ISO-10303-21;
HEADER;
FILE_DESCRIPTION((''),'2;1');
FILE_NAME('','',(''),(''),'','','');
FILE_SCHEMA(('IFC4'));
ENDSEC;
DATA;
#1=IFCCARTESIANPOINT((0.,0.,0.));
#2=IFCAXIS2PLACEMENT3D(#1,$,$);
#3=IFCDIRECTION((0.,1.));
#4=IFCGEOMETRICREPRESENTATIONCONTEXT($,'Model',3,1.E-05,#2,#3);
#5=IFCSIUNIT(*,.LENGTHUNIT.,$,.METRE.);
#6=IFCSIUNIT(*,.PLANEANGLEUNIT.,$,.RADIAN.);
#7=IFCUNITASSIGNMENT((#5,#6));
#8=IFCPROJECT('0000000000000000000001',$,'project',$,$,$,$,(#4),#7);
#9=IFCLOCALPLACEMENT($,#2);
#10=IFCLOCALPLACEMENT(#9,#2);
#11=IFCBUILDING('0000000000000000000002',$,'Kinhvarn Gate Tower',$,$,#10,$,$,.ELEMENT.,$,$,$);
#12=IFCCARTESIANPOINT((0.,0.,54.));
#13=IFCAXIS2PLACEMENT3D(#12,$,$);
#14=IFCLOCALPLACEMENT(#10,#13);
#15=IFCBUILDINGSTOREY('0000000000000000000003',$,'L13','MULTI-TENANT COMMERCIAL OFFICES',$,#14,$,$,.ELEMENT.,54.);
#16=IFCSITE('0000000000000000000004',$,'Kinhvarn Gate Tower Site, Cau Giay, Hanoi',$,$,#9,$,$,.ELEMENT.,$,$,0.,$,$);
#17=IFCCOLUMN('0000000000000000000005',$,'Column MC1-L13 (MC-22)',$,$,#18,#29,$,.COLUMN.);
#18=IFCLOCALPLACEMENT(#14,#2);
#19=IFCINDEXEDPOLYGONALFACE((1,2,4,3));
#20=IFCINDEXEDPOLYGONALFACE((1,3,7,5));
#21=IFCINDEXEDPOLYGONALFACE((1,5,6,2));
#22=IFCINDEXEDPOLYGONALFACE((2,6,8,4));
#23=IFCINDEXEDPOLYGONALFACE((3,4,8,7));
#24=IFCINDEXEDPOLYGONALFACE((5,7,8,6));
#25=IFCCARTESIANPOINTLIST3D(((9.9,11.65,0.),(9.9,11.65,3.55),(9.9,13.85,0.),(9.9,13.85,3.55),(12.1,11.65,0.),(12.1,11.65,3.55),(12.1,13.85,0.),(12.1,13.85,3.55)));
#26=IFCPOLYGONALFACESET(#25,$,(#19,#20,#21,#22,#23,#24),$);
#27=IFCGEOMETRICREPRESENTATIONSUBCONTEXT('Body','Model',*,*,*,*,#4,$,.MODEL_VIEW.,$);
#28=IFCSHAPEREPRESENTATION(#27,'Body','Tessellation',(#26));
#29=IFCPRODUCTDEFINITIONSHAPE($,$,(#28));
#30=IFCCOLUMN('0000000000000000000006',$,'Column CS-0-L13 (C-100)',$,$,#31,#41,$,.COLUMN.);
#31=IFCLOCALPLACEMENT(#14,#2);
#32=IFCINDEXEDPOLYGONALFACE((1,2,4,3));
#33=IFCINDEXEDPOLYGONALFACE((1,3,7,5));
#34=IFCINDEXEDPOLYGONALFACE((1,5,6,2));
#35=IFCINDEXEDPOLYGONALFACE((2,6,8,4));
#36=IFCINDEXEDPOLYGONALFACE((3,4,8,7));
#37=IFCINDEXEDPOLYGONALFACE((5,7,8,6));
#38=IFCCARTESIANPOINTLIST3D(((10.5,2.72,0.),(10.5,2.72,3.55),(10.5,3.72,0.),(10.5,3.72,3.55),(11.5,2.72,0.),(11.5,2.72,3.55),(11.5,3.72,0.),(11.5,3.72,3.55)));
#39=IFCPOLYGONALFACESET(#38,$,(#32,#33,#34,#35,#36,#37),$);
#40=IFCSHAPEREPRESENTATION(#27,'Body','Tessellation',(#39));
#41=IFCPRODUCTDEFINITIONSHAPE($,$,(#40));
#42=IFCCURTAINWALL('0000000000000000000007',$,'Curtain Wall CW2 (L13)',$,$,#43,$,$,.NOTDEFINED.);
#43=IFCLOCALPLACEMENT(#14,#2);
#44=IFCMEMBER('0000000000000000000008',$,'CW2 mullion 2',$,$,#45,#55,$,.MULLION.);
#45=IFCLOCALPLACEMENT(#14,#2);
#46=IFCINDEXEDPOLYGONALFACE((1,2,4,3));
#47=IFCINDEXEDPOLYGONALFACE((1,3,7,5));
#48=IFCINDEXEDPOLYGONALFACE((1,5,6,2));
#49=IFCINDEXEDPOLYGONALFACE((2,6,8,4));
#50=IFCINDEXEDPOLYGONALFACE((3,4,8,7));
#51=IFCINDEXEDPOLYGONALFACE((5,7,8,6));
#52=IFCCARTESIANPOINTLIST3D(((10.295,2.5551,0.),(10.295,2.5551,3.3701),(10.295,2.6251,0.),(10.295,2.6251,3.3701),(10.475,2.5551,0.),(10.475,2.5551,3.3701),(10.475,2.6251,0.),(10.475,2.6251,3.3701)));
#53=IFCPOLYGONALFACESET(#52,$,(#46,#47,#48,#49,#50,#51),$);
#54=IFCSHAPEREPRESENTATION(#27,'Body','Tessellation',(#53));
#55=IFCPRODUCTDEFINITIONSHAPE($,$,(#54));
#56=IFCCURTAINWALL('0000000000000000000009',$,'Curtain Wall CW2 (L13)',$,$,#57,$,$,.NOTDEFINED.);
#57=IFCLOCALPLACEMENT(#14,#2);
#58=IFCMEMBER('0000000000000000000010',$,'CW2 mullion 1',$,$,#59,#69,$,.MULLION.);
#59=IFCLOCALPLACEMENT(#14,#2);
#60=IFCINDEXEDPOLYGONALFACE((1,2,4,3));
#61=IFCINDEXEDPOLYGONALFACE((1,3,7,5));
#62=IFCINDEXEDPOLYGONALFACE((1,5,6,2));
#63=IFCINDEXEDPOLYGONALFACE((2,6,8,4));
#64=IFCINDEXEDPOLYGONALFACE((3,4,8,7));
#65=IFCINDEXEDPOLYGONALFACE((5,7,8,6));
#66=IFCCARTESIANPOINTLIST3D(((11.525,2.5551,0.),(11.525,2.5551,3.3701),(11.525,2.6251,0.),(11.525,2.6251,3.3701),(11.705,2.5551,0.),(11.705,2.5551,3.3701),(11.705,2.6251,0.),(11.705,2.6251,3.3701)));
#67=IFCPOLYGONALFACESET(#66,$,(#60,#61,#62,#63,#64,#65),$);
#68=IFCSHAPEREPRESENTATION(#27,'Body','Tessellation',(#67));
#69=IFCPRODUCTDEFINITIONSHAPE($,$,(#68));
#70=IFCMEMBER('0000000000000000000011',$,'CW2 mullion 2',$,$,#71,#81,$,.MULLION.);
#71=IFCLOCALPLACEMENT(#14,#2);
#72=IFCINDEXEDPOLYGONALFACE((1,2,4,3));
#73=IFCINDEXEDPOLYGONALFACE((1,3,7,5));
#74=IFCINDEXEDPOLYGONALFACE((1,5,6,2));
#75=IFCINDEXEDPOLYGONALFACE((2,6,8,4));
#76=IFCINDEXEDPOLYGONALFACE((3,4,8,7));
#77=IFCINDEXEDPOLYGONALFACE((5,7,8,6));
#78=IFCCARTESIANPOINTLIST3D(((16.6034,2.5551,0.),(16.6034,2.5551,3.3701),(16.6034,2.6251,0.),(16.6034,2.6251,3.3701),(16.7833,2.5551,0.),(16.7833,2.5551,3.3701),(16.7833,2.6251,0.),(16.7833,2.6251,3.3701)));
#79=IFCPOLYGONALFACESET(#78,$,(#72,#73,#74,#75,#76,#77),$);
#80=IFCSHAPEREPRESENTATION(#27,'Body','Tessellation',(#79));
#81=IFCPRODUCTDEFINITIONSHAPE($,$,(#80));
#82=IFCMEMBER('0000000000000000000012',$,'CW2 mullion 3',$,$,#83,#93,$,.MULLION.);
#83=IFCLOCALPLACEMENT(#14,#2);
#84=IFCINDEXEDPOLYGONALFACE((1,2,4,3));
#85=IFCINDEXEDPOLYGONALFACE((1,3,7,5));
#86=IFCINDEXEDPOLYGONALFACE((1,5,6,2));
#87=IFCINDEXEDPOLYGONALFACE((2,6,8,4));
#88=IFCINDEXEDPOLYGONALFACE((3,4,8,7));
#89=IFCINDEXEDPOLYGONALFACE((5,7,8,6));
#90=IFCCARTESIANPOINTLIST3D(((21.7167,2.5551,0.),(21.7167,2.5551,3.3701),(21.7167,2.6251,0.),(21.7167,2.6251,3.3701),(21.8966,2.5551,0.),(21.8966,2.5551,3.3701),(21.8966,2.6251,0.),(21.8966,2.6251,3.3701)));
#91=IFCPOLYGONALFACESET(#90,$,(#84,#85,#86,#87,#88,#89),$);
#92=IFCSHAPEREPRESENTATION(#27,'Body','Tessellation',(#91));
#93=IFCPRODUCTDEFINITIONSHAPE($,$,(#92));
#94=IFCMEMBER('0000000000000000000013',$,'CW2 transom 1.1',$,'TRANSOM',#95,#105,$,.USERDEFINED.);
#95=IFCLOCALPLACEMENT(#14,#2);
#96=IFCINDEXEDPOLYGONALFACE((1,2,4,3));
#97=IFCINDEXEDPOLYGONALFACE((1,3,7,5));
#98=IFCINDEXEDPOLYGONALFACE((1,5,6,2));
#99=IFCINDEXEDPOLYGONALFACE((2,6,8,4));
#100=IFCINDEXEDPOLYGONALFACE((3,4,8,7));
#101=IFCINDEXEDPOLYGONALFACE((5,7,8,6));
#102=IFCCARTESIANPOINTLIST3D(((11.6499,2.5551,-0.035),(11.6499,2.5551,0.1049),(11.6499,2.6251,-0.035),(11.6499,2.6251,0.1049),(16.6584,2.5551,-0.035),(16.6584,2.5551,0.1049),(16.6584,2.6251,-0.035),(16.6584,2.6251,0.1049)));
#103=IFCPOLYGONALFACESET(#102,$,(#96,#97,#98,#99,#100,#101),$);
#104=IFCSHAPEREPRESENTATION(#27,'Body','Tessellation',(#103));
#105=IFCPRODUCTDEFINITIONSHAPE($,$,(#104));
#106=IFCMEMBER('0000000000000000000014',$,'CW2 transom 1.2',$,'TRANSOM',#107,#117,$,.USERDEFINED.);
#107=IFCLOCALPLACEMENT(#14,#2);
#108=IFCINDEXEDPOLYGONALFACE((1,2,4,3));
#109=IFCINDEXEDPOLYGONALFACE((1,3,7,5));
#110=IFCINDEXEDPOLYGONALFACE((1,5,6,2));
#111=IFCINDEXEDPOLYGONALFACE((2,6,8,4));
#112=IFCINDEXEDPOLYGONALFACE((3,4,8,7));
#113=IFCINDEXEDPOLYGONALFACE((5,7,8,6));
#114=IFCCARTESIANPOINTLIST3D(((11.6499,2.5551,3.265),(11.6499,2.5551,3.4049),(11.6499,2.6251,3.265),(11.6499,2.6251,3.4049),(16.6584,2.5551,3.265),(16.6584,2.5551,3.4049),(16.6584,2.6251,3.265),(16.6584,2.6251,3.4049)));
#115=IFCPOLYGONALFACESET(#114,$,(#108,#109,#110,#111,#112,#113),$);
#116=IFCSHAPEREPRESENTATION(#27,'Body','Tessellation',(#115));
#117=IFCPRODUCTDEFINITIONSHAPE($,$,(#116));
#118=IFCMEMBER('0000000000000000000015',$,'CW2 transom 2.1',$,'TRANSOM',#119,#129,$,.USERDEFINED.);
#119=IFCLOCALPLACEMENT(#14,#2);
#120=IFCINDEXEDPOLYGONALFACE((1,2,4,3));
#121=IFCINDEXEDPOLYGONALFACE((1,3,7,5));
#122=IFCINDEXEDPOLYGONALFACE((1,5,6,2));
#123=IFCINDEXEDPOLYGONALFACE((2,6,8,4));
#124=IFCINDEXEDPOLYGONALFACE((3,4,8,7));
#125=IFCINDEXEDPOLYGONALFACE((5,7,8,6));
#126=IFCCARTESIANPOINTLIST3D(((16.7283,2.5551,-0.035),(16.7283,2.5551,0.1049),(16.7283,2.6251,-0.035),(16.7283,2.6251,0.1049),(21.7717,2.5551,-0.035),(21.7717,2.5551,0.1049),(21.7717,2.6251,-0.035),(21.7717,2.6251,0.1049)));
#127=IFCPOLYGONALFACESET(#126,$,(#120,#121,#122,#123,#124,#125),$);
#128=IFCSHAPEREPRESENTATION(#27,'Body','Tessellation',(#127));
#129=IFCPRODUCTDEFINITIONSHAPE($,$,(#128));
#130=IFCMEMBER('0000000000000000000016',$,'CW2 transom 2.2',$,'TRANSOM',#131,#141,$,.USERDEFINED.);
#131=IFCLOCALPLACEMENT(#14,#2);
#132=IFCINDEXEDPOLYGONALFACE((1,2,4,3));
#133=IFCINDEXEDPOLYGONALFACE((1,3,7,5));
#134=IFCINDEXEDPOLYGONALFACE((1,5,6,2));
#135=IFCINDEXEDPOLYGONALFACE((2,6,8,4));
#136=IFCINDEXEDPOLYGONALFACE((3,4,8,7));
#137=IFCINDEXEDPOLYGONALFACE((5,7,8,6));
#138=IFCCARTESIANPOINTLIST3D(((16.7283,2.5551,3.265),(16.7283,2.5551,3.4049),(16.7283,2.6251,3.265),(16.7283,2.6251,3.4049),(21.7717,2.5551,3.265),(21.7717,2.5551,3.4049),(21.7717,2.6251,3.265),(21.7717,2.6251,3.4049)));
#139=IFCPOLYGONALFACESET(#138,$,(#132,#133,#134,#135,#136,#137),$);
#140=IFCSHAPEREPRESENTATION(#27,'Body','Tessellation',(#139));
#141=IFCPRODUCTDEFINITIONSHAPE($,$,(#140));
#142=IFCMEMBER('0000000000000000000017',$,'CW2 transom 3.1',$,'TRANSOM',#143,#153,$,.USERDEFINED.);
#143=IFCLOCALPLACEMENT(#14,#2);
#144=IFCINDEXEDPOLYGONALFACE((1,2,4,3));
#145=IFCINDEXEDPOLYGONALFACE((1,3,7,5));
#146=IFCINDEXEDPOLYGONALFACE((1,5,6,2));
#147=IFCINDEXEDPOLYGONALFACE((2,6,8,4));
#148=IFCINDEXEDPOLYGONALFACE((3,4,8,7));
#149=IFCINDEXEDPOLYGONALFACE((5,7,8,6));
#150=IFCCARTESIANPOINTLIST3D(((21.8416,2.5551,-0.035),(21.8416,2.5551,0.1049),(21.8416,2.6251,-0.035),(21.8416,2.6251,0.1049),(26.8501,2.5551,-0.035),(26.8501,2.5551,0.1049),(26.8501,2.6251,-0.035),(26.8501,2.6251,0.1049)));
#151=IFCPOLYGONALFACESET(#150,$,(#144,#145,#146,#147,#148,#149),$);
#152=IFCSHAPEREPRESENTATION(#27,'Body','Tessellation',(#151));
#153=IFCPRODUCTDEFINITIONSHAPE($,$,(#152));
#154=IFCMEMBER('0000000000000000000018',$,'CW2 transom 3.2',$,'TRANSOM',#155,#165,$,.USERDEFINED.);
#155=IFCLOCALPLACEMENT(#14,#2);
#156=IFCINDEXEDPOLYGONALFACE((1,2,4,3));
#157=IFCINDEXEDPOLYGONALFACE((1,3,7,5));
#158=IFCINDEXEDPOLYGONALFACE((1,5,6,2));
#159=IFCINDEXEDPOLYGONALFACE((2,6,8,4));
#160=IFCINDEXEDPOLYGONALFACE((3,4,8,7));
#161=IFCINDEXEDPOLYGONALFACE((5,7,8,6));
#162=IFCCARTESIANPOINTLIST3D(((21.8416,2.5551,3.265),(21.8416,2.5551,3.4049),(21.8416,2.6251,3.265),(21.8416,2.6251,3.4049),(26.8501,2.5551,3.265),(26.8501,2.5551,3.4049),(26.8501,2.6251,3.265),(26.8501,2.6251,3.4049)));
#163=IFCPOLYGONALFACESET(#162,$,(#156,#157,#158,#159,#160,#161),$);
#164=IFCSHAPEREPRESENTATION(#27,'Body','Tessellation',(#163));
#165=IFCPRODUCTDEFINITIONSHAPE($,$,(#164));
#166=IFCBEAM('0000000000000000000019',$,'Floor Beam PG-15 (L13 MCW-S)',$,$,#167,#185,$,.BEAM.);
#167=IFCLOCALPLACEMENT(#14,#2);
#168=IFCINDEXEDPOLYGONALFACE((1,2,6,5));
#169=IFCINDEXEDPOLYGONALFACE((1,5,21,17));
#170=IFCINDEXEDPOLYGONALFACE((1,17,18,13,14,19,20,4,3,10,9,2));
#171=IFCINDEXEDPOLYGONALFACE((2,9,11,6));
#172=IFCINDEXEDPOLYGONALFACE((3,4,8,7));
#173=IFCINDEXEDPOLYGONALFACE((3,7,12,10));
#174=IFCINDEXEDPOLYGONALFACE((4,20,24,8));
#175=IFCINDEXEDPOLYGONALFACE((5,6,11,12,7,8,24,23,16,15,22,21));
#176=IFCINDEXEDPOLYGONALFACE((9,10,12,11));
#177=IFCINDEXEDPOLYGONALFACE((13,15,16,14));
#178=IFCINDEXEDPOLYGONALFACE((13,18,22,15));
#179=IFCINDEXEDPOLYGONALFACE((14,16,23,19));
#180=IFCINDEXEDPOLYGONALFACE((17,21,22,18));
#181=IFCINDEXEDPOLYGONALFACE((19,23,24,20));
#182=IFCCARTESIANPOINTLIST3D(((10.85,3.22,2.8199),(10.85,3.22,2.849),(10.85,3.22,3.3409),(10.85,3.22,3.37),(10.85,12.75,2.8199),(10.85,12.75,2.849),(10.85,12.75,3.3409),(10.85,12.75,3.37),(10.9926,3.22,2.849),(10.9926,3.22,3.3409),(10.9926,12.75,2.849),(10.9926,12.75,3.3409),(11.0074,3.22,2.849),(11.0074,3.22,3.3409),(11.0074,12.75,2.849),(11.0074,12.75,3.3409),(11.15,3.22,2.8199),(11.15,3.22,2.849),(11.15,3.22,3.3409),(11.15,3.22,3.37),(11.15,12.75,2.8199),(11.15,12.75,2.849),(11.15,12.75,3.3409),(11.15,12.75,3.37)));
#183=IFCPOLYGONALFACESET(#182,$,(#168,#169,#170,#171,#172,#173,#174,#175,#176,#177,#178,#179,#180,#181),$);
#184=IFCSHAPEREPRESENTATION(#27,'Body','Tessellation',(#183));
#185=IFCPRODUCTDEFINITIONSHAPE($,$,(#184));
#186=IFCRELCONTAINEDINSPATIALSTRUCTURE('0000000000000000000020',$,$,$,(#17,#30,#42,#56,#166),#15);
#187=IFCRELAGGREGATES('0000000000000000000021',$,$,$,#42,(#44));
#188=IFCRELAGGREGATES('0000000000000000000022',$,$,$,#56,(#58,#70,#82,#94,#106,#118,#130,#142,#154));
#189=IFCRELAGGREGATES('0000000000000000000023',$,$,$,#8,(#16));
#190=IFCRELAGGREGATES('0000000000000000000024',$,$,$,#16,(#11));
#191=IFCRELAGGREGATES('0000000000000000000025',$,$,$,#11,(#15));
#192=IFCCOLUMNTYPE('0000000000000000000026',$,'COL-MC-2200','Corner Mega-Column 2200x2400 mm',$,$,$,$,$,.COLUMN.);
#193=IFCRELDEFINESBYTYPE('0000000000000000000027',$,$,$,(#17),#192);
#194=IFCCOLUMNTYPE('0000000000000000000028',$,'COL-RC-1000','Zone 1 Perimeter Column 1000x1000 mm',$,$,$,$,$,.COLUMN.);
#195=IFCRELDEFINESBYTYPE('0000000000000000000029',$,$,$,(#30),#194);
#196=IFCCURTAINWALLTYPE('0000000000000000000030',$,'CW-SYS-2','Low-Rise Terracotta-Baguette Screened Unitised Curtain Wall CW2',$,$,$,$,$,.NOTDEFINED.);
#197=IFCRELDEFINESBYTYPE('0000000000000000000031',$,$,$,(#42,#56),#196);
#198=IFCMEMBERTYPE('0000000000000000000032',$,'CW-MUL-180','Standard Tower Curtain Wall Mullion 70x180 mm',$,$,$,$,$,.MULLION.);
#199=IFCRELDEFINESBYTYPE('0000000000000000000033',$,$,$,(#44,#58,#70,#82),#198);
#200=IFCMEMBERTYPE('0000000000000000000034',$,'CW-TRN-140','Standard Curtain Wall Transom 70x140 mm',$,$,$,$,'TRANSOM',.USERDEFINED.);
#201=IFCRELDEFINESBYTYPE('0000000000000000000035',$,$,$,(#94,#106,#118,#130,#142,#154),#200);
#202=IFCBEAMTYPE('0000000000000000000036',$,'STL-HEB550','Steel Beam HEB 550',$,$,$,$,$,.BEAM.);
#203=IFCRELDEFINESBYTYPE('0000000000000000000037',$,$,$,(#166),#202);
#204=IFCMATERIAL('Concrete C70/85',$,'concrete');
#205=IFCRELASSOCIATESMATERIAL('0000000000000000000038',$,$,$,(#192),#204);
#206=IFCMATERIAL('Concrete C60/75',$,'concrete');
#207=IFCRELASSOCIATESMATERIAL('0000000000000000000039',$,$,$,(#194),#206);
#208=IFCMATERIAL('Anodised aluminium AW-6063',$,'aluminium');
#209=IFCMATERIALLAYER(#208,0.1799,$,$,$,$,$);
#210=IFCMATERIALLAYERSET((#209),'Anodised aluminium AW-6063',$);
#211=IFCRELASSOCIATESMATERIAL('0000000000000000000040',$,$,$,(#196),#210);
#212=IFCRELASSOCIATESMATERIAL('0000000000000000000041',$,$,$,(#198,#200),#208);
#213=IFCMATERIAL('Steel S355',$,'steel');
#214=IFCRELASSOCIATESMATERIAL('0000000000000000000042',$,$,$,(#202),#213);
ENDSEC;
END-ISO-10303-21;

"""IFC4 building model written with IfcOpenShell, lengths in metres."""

from ifc_helpers import new_model, si_unit, direction, frame, origin, origin_2d, place, context, subcontext, project, spatial, rectangle, i_section, extrude, material, layer, layer_set, material_profile, profile_set, type_object, element, aggregate, save


model = new_model("IFC4")

# Units and contexts
model_context = context("Model", 3, precision=1e-05, world=origin(), true_north=direction((0.0, 1.0)))
body_context = subcontext(model_context, "Body", "Model", "MODEL_VIEW")
ifc_project = project(units=[si_unit("LENGTHUNIT", "METRE"), si_unit("PLANEANGLEUNIT", "RADIAN")], contexts=[model_context])

# Site, building, storey
site_placement = place(None, origin())
site = spatial("IfcSite", under=ifc_project, at=site_placement, Name="Kinhvarn Gate Tower Site, Cau Giay, Hanoi", CompositionType="ELEMENT", RefElevation=0.0)
building_placement = place(site_placement, origin())
building = spatial("IfcBuilding", under=site, at=building_placement, Name="Kinhvarn Gate Tower", CompositionType="ELEMENT")
storey_placement = place(building_placement, frame((0.0, 0.0, 54.0)))
storey = spatial("IfcBuildingStorey", under=building, at=storey_placement, Name="L13", Description="MULTI-TENANT COMMERCIAL OFFICES", CompositionType="ELEMENT", Elevation=54.0)

# Columns
ifc_material_1 = material(Name="Concrete C70/85", Category="concrete")
ifc_material_profile_1 = material_profile(ifc_material_1, rectangle(XDim=2.2, YDim=2.2, at=origin_2d()), Name="RC 2200x2200")
ifc_profile_set_1 = profile_set([ifc_material_profile_1], Name="Concrete C70/85")
column_type_1 = type_object("IfcColumnType", Name="COL-MC-2200", Description="Corner Mega-Column 2200x2400 mm", PredefinedType="COLUMN", material=ifc_profile_set_1)
column_1_placement = place(storey_placement, frame((11.0, 12.75, 0.0), z_axis=(0.0, 0.0, 1.0), x_axis=(1.0, 0.0, 0.0)))
element("IfcColumn", 1, at=column_1_placement, inside=storey, type_object=column_type_1, Name="Column MC1-L13 (MC-22)", PredefinedType="COLUMN", context=body_context, shape_type="SweptSolid", body=[
    extrude(rectangle(XDim=2.2, YDim=2.2, at=origin_2d()), origin(), (0.0, 0.0, 1.0), 3.55),
])
ifc_material_2 = material(Name="Concrete C60/75", Category="concrete")
ifc_material_profile_2 = material_profile(ifc_material_2, rectangle(XDim=1.0, YDim=1.0, at=origin_2d()), Name="RC 1000x1000")
ifc_profile_set_2 = profile_set([ifc_material_profile_2], Name="Concrete C60/75")
column_type_2 = type_object("IfcColumnType", Name="COL-RC-1000", Description="Zone 1 Perimeter Column 1000x1000 mm", PredefinedType="COLUMN", material=ifc_profile_set_2)
column_2_placement = place(storey_placement, frame((11.0, 3.22, 0.0), z_axis=(0.0, 0.0, 1.0), x_axis=(1.0, 0.0, 0.0)))
element("IfcColumn", 2, at=column_2_placement, inside=storey, type_object=column_type_2, Name="Column CS-0-L13 (C-100)", PredefinedType="COLUMN", context=body_context, shape_type="SweptSolid", body=[
    extrude(rectangle(XDim=1.0, YDim=1.0, at=origin_2d()), origin(), (0.0, 0.0, 1.0), 3.55),
])

# Curtain wall, member
ifc_material_3 = material(Name="Anodised aluminium AW-6063", Category="aluminium")
ifc_layer_1 = layer(ifc_material_3, 0.1799)
ifc_layer_set_1 = layer_set([ifc_layer_1], Name="Anodised aluminium AW-6063")
curtain_wall_type = type_object("IfcCurtainWallType", Name="CW-SYS-2", Description="Low-Rise Terracotta-Baguette Screened Unitised Curtain Wall CW2", PredefinedType="NOTDEFINED", material=ifc_layer_set_1)
curtain_wall_1_placement = place(storey_placement, origin())
curtain_wall_1 = element("IfcCurtainWall", 3, at=curtain_wall_1_placement, inside=storey, type_object=curtain_wall_type, Name="Curtain Wall CW2 (L13)", PredefinedType="NOTDEFINED")
ifc_material_profile_3 = material_profile(ifc_material_3, rectangle(XDim=0.0701, YDim=0.1799, at=origin_2d()), Name="ALU 70x180")
ifc_profile_set_3 = profile_set([ifc_material_profile_3], Name="Anodised aluminium AW-6063")
member_type_1 = type_object("IfcMemberType", Name="CW-MUL-180", Description="Standard Tower Curtain Wall Mullion 70x180 mm", PredefinedType="MULLION", material=ifc_profile_set_3)
member_1_placement = place(storey_placement, frame((10.385, 2.5901, 0.0), z_axis=(0.0, 0.0, 1.0), x_axis=(0.0, 1.0, 0.0)))
member_1 = element("IfcMember", 4, at=member_1_placement, type_object=member_type_1, Name="CW2 mullion 2", PredefinedType="MULLION", context=body_context, shape_type="SweptSolid", body=[
    extrude(rectangle(XDim=0.0701, YDim=0.1799, at=origin_2d()), origin(), (0.0, 0.0, 1.0), 3.3701),
])
aggregate(curtain_wall_1, [member_1])

# Curtain wall, members
curtain_wall_2_placement = place(storey_placement, origin())
curtain_wall_2 = element("IfcCurtainWall", 5, at=curtain_wall_2_placement, inside=storey, type_object=curtain_wall_type, Name="Curtain Wall CW2 (L13)", PredefinedType="NOTDEFINED")
member_2_placement = place(storey_placement, frame((11.615, 2.5901, 0.0), z_axis=(0.0, 0.0, 1.0), x_axis=(0.0, 1.0, 0.0)))
member_2 = element("IfcMember", 6, at=member_2_placement, type_object=member_type_1, Name="CW2 mullion 1", PredefinedType="MULLION", context=body_context, shape_type="SweptSolid", body=[
    extrude(rectangle(XDim=0.0701, YDim=0.1799, at=origin_2d()), origin(), (0.0, 0.0, 1.0), 3.3701),
])
member_3_placement = place(storey_placement, frame((16.6934, 2.5901, 0.0), z_axis=(0.0, 0.0, 1.0), x_axis=(0.0, 1.0, 0.0)))
member_3 = element("IfcMember", 7, at=member_3_placement, type_object=member_type_1, Name="CW2 mullion 2", PredefinedType="MULLION", context=body_context, shape_type="SweptSolid", body=[
    extrude(rectangle(XDim=0.0701, YDim=0.1799, at=origin_2d()), origin(), (0.0, 0.0, 1.0), 3.3701),
])
member_4_placement = place(storey_placement, frame((21.8066, 2.5901, 0.0), z_axis=(0.0, 0.0, 1.0), x_axis=(0.0, 1.0, 0.0)))
member_4 = element("IfcMember", 8, at=member_4_placement, type_object=member_type_1, Name="CW2 mullion 3", PredefinedType="MULLION", context=body_context, shape_type="SweptSolid", body=[
    extrude(rectangle(XDim=0.0701, YDim=0.1799, at=origin_2d()), origin(), (0.0, 0.0, 1.0), 3.3701),
])
ifc_material_profile_4 = material_profile(ifc_material_3, rectangle(XDim=0.0701, YDim=0.1399, at=origin_2d()), Name="ALU 70x140")
ifc_profile_set_4 = profile_set([ifc_material_profile_4], Name="Anodised aluminium AW-6063")
member_type_2 = type_object("IfcMemberType", Name="CW-TRN-140", Description="Standard Curtain Wall Transom 70x140 mm", ElementType="TRANSOM", PredefinedType="USERDEFINED", material=ifc_profile_set_4)
member_5_placement = place(storey_placement, frame((11.6499, 2.5901, 0.0349), z_axis=(1.0, 0.0, 0.0), x_axis=(0.0, 1.0, 0.0)))
member_5 = element("IfcMember", 9, at=member_5_placement, type_object=member_type_2, Name="CW2 transom 1.1", ObjectType="TRANSOM", PredefinedType="USERDEFINED", context=body_context, shape_type="SweptSolid", body=[
    extrude(rectangle(XDim=0.0701, YDim=0.1399, at=origin_2d()), origin(), (0.0, 0.0, 1.0), 5.0085),
])
member_6_placement = place(storey_placement, frame((11.6499, 2.5901, 3.335), z_axis=(1.0, 0.0, 0.0), x_axis=(0.0, 1.0, 0.0)))
member_6 = element("IfcMember", 10, at=member_6_placement, type_object=member_type_2, Name="CW2 transom 1.2", ObjectType="TRANSOM", PredefinedType="USERDEFINED", context=body_context, shape_type="SweptSolid", body=[
    extrude(rectangle(XDim=0.0701, YDim=0.1399, at=origin_2d()), origin(), (0.0, 0.0, 1.0), 5.0085),
])
member_7_placement = place(storey_placement, frame((16.7283, 2.5901, 0.0349), z_axis=(1.0, 0.0, 0.0), x_axis=(0.0, 1.0, 0.0)))
member_7 = element("IfcMember", 11, at=member_7_placement, type_object=member_type_2, Name="CW2 transom 2.1", ObjectType="TRANSOM", PredefinedType="USERDEFINED", context=body_context, shape_type="SweptSolid", body=[
    extrude(rectangle(XDim=0.0701, YDim=0.1399, at=origin_2d()), origin(), (0.0, 0.0, 1.0), 5.0435),
])
member_8_placement = place(storey_placement, frame((16.7283, 2.5901, 3.335), z_axis=(1.0, 0.0, 0.0), x_axis=(0.0, 1.0, 0.0)))
member_8 = element("IfcMember", 12, at=member_8_placement, type_object=member_type_2, Name="CW2 transom 2.2", ObjectType="TRANSOM", PredefinedType="USERDEFINED", context=body_context, shape_type="SweptSolid", body=[
    extrude(rectangle(XDim=0.0701, YDim=0.1399, at=origin_2d()), origin(), (0.0, 0.0, 1.0), 5.0435),
])
member_9_placement = place(storey_placement, frame((21.8416, 2.5901, 0.0349), z_axis=(1.0, 0.0, 0.0), x_axis=(0.0, 1.0, 0.0)))
member_9 = element("IfcMember", 13, at=member_9_placement, type_object=member_type_2, Name="CW2 transom 3.1", ObjectType="TRANSOM", PredefinedType="USERDEFINED", context=body_context, shape_type="SweptSolid", body=[
    extrude(rectangle(XDim=0.0701, YDim=0.1399, at=origin_2d()), origin(), (0.0, 0.0, 1.0), 5.0085),
])
member_10_placement = place(storey_placement, frame((21.8416, 2.5901, 3.335), z_axis=(1.0, 0.0, 0.0), x_axis=(0.0, 1.0, 0.0)))
member_10 = element("IfcMember", 14, at=member_10_placement, type_object=member_type_2, Name="CW2 transom 3.2", ObjectType="TRANSOM", PredefinedType="USERDEFINED", context=body_context, shape_type="SweptSolid", body=[
    extrude(rectangle(XDim=0.0701, YDim=0.1399, at=origin_2d()), origin(), (0.0, 0.0, 1.0), 5.0085),
])

# Beam
ifc_material_4 = material(Name="Steel S355", Category="steel")
ifc_material_profile_5 = material_profile(ifc_material_4, i_section(OverallWidth=0.3, OverallDepth=0.55, WebThickness=0.0149, FlangeThickness=0.0291, at=origin_2d()), Name="HEB 550")
ifc_profile_set_5 = profile_set([ifc_material_profile_5], Name="Steel S355")
beam_type_1 = type_object("IfcBeamType", Name="STL-HEB550", Description="Steel Beam HEB 550", PredefinedType="BEAM", material=ifc_profile_set_5)
beam_1_placement = place(storey_placement, frame((11.0, 3.22, 3.095), z_axis=(0.0, 1.0, 0.0), x_axis=(-1.0, 0.0, 0.0)))
element("IfcBeam", 15, at=beam_1_placement, inside=storey, type_object=beam_type_1, Name="Floor Beam PG-15 (L13 MCW-S)", PredefinedType="BEAM", context=body_context, shape_type="SweptSolid", body=[
    extrude(i_section(OverallWidth=0.3, OverallDepth=0.55, WebThickness=0.0149, FlangeThickness=0.0291, at=origin_2d()), origin(), (0.0, 0.0, 1.0), 9.53),
])

aggregate(curtain_wall_2, [member_2, member_3, member_4, member_5, member_6, member_7, member_8, member_9, member_10])

save(model, "model.ifc")
